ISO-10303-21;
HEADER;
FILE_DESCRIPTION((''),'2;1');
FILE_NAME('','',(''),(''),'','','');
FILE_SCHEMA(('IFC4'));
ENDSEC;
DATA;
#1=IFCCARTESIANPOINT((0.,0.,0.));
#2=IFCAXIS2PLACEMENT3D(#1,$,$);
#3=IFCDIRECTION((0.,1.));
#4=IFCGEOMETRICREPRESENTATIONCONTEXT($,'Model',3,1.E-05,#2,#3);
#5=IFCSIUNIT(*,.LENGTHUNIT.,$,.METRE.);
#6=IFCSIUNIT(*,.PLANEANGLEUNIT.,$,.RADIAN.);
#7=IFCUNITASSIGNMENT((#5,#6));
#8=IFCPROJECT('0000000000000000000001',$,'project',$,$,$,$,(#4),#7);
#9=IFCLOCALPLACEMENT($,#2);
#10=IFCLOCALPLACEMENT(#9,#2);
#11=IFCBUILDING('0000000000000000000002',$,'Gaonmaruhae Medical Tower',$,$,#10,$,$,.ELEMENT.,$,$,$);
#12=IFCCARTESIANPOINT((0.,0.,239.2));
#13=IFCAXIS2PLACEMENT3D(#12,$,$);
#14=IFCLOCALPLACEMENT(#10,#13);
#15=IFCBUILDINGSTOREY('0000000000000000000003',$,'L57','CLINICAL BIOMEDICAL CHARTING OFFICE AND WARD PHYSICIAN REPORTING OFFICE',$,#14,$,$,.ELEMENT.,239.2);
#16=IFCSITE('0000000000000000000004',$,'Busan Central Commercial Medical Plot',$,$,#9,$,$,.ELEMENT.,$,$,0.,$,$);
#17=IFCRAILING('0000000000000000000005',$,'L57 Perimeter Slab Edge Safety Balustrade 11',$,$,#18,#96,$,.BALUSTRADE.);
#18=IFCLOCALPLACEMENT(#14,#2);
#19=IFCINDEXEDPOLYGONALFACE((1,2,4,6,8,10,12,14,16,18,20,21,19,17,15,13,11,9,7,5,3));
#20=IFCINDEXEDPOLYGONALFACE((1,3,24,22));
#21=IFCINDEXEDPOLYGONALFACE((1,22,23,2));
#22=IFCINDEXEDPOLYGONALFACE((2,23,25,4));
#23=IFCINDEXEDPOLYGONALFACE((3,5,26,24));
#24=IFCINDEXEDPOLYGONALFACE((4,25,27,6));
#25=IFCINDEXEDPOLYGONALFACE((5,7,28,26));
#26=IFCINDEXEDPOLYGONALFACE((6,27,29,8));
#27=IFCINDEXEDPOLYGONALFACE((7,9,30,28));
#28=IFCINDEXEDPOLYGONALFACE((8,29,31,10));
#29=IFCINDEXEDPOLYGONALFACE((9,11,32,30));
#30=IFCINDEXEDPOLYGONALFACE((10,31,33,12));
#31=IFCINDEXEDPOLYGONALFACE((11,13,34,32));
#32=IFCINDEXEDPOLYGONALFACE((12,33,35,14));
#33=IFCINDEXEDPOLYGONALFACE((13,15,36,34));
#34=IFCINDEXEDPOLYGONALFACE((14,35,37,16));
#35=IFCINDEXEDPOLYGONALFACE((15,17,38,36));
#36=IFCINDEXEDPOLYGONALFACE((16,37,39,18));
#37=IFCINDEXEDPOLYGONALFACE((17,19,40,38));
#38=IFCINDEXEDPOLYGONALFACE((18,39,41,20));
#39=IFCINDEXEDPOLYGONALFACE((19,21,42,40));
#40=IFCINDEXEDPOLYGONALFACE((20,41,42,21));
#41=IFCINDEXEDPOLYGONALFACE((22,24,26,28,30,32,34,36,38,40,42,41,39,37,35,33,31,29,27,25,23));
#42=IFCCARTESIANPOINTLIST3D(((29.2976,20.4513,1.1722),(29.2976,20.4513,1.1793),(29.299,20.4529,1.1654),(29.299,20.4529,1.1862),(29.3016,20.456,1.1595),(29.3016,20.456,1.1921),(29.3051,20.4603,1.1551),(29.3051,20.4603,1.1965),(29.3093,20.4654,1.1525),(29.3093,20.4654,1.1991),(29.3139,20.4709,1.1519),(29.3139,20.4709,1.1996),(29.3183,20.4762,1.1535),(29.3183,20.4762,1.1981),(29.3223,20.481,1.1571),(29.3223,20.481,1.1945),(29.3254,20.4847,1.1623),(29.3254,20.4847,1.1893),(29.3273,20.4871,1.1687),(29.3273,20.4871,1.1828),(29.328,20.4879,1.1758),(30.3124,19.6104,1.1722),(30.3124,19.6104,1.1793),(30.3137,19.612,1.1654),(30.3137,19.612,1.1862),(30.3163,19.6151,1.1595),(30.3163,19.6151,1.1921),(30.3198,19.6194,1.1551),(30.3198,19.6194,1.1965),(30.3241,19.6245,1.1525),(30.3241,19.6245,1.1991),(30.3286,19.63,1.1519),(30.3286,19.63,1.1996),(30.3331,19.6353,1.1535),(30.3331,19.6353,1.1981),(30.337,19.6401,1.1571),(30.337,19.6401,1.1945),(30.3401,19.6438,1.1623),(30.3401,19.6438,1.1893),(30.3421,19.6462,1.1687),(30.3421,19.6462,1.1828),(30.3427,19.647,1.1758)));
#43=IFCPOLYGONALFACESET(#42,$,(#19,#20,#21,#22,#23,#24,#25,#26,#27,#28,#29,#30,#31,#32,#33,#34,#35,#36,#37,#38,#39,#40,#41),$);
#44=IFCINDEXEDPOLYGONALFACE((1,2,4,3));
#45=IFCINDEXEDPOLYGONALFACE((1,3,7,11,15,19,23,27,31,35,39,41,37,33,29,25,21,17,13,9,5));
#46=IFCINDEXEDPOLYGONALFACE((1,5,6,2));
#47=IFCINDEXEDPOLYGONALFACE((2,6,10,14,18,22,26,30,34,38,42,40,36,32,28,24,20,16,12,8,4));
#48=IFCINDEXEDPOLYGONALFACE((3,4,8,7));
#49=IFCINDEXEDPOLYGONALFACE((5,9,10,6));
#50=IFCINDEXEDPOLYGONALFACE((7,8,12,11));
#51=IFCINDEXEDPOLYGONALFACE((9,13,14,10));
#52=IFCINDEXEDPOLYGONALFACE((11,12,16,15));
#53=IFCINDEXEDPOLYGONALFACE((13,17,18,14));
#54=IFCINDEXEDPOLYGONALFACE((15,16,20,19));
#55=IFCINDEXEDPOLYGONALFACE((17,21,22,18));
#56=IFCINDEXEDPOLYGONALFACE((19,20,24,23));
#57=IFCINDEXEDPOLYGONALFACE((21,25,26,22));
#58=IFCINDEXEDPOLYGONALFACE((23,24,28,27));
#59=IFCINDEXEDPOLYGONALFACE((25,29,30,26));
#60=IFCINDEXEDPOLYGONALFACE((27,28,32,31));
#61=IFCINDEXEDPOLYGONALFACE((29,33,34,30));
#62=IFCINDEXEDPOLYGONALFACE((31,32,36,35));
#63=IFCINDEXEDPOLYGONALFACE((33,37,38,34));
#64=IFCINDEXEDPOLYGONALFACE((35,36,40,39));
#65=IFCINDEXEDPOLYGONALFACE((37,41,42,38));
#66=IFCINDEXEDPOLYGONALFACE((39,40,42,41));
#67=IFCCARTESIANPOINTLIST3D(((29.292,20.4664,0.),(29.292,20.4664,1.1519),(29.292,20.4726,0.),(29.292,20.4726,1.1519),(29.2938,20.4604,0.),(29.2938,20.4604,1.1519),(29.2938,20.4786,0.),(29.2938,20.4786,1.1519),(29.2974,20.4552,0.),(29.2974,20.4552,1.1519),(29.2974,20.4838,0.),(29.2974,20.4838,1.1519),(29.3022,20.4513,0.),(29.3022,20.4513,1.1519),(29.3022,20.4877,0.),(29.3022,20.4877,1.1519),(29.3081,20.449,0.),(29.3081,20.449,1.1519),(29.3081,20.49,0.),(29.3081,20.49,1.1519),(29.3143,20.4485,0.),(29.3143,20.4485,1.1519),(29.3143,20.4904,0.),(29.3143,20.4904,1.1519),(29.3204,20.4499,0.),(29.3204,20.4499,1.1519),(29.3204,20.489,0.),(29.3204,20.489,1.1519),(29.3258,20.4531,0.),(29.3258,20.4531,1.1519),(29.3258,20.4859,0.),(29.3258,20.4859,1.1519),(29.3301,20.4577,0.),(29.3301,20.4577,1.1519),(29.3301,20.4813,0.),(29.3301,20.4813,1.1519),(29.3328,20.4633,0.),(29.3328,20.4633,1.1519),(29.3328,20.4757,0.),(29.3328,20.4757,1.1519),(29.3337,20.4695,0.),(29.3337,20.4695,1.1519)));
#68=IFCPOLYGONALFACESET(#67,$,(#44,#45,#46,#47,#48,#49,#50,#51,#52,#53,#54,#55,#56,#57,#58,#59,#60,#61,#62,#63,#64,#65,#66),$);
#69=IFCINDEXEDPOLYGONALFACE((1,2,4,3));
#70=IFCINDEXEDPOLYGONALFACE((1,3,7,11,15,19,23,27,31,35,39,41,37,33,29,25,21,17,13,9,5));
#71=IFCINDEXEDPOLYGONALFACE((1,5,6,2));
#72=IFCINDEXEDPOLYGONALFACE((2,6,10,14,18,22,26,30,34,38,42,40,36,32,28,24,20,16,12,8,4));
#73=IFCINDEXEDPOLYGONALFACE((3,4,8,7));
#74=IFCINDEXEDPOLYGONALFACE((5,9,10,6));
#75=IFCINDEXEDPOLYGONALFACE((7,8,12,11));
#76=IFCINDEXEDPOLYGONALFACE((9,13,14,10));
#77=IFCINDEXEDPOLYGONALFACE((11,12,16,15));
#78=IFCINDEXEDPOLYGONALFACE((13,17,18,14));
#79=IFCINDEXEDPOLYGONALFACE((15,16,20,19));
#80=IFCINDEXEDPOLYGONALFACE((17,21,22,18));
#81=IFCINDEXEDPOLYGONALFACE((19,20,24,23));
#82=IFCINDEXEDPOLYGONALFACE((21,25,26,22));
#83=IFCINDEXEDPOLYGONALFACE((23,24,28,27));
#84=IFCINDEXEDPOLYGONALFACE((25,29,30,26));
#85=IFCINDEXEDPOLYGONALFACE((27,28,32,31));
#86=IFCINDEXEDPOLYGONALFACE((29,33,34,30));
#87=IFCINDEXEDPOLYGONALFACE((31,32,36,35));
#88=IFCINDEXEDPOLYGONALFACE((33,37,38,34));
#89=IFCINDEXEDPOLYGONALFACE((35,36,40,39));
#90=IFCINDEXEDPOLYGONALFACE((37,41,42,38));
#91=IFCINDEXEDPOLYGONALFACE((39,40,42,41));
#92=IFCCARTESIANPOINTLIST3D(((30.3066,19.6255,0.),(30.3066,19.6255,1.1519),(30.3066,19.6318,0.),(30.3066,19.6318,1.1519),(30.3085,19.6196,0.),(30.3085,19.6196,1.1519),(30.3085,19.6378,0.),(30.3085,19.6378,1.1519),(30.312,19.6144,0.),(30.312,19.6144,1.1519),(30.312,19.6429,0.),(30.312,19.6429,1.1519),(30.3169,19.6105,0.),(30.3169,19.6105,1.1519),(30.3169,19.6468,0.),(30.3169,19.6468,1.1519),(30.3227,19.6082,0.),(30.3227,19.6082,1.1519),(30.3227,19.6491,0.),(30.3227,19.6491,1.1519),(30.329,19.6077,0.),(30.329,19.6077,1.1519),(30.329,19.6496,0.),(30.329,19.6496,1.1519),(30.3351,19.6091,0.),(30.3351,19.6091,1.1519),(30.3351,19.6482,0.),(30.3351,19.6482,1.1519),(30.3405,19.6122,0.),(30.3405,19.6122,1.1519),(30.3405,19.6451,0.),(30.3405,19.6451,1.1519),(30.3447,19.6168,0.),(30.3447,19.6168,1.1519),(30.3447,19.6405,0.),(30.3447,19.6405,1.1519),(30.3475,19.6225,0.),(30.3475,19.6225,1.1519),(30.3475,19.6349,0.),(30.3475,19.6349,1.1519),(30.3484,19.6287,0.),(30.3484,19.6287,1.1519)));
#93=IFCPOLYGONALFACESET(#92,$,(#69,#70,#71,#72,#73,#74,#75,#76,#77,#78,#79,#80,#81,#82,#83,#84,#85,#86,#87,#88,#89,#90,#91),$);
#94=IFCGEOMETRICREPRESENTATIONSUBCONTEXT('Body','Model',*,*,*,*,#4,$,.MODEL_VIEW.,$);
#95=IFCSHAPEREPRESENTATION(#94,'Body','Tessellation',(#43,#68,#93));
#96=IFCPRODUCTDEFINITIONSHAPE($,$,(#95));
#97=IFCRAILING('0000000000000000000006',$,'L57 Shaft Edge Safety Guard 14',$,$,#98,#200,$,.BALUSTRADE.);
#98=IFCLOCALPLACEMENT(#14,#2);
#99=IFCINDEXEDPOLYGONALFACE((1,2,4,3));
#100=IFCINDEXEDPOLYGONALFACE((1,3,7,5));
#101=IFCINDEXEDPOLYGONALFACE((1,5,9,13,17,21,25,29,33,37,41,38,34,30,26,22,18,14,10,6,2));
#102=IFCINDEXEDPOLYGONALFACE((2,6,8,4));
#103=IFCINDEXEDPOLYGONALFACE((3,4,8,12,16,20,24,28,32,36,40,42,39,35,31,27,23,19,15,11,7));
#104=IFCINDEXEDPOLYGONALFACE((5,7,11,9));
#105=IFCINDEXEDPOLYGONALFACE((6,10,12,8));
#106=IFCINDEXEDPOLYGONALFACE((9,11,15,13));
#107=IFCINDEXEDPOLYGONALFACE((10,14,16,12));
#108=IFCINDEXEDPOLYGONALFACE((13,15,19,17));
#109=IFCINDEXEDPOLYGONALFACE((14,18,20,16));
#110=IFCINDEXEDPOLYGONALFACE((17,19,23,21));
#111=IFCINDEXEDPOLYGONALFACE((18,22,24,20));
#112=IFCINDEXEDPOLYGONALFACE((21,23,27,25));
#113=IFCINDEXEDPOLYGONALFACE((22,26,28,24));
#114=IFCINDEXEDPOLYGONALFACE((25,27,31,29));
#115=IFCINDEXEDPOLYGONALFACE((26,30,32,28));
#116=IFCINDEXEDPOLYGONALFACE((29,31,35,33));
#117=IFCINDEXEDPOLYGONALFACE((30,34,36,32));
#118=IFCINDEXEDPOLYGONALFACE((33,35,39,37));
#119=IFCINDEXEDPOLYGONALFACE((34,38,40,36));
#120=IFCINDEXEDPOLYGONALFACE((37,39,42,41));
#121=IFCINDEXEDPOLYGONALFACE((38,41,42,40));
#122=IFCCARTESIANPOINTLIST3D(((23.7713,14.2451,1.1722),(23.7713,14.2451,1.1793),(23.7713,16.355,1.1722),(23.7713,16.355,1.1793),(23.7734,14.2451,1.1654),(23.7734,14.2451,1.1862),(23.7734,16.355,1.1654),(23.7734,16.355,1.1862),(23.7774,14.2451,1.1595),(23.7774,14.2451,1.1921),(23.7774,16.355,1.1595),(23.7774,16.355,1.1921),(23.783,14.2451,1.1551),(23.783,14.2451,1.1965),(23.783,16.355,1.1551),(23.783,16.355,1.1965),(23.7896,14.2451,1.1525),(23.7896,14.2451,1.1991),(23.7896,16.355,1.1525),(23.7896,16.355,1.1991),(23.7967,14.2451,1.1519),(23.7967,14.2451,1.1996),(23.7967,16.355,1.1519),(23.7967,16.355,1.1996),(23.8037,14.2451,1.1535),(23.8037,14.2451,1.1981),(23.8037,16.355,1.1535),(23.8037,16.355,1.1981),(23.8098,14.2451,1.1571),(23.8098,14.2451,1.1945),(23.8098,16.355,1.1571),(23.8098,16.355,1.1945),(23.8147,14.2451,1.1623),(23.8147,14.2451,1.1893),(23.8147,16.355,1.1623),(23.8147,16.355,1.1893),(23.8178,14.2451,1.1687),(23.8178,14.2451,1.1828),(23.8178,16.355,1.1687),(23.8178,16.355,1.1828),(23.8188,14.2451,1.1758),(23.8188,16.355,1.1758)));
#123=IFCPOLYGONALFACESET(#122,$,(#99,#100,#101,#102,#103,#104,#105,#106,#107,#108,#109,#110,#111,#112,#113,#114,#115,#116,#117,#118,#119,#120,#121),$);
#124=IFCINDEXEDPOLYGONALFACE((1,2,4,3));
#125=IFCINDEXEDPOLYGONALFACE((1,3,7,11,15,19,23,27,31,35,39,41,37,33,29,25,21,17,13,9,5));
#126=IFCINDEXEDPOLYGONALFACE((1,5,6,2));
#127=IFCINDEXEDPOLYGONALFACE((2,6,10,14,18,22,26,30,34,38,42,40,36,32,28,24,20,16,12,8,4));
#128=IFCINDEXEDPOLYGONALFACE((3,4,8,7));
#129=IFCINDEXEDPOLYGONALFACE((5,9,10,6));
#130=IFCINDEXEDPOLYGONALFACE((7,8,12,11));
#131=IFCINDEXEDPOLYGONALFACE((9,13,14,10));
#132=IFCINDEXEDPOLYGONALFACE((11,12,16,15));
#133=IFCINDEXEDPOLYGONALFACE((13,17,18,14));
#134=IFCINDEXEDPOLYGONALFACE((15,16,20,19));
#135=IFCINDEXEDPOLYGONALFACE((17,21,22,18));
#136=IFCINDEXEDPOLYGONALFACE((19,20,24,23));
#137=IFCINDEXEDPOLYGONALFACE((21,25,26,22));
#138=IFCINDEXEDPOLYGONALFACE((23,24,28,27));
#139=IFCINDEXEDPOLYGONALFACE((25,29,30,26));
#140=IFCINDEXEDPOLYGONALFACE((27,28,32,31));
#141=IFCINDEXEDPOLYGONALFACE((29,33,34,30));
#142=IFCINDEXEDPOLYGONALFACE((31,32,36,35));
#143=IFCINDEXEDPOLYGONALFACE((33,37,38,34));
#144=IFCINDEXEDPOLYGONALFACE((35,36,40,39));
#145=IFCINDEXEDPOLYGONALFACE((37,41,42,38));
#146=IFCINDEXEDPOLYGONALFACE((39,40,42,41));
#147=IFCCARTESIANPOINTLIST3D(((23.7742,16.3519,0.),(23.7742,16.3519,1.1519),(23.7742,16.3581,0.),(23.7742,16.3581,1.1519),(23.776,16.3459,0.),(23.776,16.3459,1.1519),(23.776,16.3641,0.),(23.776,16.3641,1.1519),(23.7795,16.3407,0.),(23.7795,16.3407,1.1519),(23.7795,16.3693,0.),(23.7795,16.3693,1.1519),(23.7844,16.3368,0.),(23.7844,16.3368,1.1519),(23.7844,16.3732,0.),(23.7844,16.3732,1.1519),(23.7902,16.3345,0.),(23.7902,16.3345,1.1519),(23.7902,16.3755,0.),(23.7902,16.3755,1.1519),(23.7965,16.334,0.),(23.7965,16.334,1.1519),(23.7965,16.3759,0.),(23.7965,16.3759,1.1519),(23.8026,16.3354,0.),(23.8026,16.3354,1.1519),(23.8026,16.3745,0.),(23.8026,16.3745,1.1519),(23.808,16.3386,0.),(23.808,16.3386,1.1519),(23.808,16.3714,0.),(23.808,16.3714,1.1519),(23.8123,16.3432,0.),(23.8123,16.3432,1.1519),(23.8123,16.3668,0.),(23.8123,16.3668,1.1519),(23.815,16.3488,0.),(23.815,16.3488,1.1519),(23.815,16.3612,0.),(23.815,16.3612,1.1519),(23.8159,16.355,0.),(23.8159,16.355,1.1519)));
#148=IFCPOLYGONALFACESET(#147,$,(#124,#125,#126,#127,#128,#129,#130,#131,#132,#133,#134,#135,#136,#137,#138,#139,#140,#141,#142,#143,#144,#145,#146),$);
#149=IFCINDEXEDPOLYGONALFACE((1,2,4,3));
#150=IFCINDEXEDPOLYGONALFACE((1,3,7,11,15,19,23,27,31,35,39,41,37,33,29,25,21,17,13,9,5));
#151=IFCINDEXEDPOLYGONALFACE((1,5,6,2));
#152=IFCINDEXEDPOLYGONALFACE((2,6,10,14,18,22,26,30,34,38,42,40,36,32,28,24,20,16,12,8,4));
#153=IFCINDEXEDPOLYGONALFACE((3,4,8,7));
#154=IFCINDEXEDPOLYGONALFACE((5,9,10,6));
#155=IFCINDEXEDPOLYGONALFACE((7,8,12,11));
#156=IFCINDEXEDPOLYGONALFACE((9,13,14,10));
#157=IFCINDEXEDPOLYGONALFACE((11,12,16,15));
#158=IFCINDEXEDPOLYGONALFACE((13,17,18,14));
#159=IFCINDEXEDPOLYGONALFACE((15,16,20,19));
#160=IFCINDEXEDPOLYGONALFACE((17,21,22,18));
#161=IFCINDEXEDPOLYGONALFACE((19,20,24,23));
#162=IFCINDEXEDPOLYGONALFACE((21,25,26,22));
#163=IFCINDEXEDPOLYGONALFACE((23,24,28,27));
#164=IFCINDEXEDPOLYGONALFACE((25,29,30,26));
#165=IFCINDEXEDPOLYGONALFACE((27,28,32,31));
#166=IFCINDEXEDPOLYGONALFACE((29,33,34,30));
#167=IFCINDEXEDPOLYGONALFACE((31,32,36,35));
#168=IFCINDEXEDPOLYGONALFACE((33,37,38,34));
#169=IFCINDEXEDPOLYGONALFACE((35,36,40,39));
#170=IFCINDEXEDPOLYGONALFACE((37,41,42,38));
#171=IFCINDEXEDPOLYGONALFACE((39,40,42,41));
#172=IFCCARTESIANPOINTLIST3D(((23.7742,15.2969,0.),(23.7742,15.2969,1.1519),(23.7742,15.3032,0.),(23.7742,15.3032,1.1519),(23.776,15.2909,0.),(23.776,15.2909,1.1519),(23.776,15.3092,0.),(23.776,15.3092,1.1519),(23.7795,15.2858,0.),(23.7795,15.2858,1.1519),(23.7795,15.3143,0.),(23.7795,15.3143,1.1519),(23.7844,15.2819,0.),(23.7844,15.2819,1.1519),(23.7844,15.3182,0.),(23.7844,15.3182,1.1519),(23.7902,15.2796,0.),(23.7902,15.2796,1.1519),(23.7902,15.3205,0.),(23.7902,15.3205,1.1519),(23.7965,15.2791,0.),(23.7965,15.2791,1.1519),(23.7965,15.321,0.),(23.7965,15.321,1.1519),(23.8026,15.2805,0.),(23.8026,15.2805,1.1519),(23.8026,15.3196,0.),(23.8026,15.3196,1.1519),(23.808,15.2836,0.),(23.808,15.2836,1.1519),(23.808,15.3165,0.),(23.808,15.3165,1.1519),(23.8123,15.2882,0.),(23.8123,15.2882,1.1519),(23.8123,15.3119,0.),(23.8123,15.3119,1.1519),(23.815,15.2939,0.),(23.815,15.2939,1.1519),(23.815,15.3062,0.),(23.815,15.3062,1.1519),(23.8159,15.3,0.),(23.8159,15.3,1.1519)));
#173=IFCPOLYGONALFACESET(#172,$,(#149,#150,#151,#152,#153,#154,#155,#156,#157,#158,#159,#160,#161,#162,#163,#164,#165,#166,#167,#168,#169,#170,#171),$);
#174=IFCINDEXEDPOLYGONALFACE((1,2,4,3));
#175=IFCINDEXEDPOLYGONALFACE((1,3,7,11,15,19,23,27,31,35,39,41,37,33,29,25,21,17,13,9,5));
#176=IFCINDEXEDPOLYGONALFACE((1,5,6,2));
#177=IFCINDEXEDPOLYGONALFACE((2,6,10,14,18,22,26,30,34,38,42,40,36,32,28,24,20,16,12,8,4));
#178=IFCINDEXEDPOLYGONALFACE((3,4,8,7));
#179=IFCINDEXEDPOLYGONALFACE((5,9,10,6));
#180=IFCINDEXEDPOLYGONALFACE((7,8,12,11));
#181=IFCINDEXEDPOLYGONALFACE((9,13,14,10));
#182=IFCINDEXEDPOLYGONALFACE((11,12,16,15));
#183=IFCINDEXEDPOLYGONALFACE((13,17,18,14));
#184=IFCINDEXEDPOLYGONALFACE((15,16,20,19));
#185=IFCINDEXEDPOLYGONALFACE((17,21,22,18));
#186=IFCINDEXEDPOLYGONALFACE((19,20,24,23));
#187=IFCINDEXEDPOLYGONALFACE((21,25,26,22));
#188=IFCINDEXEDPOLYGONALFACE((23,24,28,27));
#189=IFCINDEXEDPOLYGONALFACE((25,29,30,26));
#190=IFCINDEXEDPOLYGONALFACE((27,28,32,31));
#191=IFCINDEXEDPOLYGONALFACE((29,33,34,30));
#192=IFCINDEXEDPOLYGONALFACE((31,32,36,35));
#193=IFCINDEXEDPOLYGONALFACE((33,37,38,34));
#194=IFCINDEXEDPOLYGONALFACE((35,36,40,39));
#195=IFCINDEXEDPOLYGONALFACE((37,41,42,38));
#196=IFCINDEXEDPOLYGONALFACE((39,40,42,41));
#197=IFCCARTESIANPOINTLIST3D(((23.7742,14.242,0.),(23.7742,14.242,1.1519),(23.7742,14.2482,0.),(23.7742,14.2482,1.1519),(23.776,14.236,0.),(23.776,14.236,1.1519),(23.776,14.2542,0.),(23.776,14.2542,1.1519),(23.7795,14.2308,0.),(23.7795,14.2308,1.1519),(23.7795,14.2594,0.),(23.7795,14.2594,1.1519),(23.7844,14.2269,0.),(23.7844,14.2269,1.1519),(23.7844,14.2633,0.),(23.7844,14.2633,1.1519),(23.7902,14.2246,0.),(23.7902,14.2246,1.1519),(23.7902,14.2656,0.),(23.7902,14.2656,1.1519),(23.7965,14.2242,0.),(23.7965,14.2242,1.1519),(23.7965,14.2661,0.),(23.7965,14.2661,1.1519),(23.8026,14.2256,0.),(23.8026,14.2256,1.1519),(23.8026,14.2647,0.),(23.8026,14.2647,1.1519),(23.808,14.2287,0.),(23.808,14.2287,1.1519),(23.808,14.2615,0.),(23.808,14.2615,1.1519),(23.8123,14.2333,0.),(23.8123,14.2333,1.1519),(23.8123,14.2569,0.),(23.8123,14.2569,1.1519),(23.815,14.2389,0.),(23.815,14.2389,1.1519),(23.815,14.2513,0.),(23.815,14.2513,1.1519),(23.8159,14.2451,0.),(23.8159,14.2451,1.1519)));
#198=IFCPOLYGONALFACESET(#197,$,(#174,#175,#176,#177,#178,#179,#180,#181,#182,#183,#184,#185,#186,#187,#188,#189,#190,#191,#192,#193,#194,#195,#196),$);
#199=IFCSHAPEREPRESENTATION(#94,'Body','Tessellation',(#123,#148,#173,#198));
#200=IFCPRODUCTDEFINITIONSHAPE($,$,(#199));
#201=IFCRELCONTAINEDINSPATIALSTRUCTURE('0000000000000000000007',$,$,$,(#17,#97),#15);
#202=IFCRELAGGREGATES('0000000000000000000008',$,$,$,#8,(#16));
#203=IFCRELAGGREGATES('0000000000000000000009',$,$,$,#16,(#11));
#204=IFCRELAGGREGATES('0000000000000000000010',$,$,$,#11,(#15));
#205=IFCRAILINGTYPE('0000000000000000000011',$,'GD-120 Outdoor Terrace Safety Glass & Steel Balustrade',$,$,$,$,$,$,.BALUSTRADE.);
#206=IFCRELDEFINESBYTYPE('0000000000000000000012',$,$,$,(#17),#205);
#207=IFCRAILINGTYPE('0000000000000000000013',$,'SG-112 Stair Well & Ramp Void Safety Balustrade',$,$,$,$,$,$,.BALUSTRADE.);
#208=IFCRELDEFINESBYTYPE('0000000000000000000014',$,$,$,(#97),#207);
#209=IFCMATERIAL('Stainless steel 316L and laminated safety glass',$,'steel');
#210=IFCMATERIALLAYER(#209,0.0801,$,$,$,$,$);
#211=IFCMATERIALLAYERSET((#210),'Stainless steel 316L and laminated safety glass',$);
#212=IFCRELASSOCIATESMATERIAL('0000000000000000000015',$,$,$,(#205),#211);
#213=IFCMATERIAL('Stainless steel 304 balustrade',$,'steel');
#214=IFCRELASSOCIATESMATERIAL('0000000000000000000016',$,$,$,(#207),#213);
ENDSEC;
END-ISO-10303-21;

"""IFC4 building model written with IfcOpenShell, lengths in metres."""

from ifc_helpers import new_model, si_unit, direction, frame, origin, origin_2d, place, context, subcontext, project, spatial, circle, extrude, material, layer, layer_set, type_object, element, save


model = new_model("IFC4")

# Units and contexts
model_context = context("Model", 3, precision=1e-05, world=origin(), true_north=direction((0.0, 1.0)))
body_context = subcontext(model_context, "Body", "Model", "MODEL_VIEW")
ifc_project = project(units=[si_unit("LENGTHUNIT", "METRE"), si_unit("PLANEANGLEUNIT", "RADIAN")], contexts=[model_context])

# Site, building, storey
site_placement = place(None, origin())
site = spatial("IfcSite", under=ifc_project, at=site_placement, Name="Busan Central Commercial Medical Plot", CompositionType="ELEMENT", RefElevation=0.0)
building_placement = place(site_placement, origin())
building = spatial("IfcBuilding", under=site, at=building_placement, Name="Gaonmaruhae Medical Tower", CompositionType="ELEMENT")
storey_placement = place(building_placement, frame((0.0, 0.0, 239.2)))
storey = spatial("IfcBuildingStorey", under=building, at=storey_placement, Name="L57", Description="CLINICAL BIOMEDICAL CHARTING OFFICE AND WARD PHYSICIAN REPORTING OFFICE", CompositionType="ELEMENT", Elevation=239.2)

# Railings
ifc_material_1 = material(Name="Stainless steel 316L and laminated safety glass", Category="steel")
ifc_layer_1 = layer(ifc_material_1, 0.0801)
ifc_layer_set_1 = layer_set([ifc_layer_1], Name="Stainless steel 316L and laminated safety glass")
railing_type_1 = type_object("IfcRailingType", Name="GD-120 Outdoor Terrace Safety Glass & Steel Balustrade", PredefinedType="BALUSTRADE", material=ifc_layer_set_1)
railing_1_placement = place(storey_placement, frame((29.3127, 20.4695, 0.0)))
element("IfcRailing", 1, at=railing_1_placement, inside=storey, type_object=railing_type_1, Name="L57 Perimeter Slab Edge Safety Balustrade 11", PredefinedType="BALUSTRADE", context=body_context, shape_type="SweptSolid", body=[
    extrude(circle(Radius=0.0239, at=origin_2d()), frame((0.0, 0.0, 1.1758), z_axis=(0.76998, -0.638068, 0.0), x_axis=(0.638068, 0.76998, 0.0)), (0.0, 0.0, 1.0), 1.3179),
    extrude(circle(Radius=0.021, at=origin_2d()), origin(), (0.0, 0.0, 1.0), 1.1519),
    extrude(circle(Radius=0.021, at=origin_2d()), frame((1.0146, -0.8408, 0.0)), (0.0, 0.0, 1.0), 1.1519),
])
ifc_material_2 = material(Name="Stainless steel 304 balustrade", Category="steel")
railing_type_2 = type_object("IfcRailingType", Name="SG-112 Stair Well & Ramp Void Safety Balustrade", PredefinedType="BALUSTRADE", material=ifc_material_2)
railing_2_placement = place(storey_placement, frame((23.7949, 16.355, 0.0)))
element("IfcRailing", 2, at=railing_2_placement, inside=storey, type_object=railing_type_2, Name="L57 Shaft Edge Safety Guard 14", PredefinedType="BALUSTRADE", context=body_context, shape_type="SweptSolid", body=[
    extrude(circle(Radius=0.0239, at=origin_2d()), frame((0.0, 0.0, 1.1758), z_axis=(0.0, -1.0, 0.0), x_axis=(1.0, 0.0, 0.0)), (0.0, 0.0, 1.0), 2.1099),
    extrude(circle(Radius=0.021, at=origin_2d()), origin(), (0.0, 0.0, 1.0), 1.1519),
    extrude(circle(Radius=0.021, at=origin_2d()), frame((0.0, -1.0549, 0.0)), (0.0, 0.0, 1.0), 1.1519),
    extrude(circle(Radius=0.021, at=origin_2d()), frame((0.0, -2.1099, 0.0)), (0.0, 0.0, 1.0), 1.1519),
])

save(model, "model.ifc")
